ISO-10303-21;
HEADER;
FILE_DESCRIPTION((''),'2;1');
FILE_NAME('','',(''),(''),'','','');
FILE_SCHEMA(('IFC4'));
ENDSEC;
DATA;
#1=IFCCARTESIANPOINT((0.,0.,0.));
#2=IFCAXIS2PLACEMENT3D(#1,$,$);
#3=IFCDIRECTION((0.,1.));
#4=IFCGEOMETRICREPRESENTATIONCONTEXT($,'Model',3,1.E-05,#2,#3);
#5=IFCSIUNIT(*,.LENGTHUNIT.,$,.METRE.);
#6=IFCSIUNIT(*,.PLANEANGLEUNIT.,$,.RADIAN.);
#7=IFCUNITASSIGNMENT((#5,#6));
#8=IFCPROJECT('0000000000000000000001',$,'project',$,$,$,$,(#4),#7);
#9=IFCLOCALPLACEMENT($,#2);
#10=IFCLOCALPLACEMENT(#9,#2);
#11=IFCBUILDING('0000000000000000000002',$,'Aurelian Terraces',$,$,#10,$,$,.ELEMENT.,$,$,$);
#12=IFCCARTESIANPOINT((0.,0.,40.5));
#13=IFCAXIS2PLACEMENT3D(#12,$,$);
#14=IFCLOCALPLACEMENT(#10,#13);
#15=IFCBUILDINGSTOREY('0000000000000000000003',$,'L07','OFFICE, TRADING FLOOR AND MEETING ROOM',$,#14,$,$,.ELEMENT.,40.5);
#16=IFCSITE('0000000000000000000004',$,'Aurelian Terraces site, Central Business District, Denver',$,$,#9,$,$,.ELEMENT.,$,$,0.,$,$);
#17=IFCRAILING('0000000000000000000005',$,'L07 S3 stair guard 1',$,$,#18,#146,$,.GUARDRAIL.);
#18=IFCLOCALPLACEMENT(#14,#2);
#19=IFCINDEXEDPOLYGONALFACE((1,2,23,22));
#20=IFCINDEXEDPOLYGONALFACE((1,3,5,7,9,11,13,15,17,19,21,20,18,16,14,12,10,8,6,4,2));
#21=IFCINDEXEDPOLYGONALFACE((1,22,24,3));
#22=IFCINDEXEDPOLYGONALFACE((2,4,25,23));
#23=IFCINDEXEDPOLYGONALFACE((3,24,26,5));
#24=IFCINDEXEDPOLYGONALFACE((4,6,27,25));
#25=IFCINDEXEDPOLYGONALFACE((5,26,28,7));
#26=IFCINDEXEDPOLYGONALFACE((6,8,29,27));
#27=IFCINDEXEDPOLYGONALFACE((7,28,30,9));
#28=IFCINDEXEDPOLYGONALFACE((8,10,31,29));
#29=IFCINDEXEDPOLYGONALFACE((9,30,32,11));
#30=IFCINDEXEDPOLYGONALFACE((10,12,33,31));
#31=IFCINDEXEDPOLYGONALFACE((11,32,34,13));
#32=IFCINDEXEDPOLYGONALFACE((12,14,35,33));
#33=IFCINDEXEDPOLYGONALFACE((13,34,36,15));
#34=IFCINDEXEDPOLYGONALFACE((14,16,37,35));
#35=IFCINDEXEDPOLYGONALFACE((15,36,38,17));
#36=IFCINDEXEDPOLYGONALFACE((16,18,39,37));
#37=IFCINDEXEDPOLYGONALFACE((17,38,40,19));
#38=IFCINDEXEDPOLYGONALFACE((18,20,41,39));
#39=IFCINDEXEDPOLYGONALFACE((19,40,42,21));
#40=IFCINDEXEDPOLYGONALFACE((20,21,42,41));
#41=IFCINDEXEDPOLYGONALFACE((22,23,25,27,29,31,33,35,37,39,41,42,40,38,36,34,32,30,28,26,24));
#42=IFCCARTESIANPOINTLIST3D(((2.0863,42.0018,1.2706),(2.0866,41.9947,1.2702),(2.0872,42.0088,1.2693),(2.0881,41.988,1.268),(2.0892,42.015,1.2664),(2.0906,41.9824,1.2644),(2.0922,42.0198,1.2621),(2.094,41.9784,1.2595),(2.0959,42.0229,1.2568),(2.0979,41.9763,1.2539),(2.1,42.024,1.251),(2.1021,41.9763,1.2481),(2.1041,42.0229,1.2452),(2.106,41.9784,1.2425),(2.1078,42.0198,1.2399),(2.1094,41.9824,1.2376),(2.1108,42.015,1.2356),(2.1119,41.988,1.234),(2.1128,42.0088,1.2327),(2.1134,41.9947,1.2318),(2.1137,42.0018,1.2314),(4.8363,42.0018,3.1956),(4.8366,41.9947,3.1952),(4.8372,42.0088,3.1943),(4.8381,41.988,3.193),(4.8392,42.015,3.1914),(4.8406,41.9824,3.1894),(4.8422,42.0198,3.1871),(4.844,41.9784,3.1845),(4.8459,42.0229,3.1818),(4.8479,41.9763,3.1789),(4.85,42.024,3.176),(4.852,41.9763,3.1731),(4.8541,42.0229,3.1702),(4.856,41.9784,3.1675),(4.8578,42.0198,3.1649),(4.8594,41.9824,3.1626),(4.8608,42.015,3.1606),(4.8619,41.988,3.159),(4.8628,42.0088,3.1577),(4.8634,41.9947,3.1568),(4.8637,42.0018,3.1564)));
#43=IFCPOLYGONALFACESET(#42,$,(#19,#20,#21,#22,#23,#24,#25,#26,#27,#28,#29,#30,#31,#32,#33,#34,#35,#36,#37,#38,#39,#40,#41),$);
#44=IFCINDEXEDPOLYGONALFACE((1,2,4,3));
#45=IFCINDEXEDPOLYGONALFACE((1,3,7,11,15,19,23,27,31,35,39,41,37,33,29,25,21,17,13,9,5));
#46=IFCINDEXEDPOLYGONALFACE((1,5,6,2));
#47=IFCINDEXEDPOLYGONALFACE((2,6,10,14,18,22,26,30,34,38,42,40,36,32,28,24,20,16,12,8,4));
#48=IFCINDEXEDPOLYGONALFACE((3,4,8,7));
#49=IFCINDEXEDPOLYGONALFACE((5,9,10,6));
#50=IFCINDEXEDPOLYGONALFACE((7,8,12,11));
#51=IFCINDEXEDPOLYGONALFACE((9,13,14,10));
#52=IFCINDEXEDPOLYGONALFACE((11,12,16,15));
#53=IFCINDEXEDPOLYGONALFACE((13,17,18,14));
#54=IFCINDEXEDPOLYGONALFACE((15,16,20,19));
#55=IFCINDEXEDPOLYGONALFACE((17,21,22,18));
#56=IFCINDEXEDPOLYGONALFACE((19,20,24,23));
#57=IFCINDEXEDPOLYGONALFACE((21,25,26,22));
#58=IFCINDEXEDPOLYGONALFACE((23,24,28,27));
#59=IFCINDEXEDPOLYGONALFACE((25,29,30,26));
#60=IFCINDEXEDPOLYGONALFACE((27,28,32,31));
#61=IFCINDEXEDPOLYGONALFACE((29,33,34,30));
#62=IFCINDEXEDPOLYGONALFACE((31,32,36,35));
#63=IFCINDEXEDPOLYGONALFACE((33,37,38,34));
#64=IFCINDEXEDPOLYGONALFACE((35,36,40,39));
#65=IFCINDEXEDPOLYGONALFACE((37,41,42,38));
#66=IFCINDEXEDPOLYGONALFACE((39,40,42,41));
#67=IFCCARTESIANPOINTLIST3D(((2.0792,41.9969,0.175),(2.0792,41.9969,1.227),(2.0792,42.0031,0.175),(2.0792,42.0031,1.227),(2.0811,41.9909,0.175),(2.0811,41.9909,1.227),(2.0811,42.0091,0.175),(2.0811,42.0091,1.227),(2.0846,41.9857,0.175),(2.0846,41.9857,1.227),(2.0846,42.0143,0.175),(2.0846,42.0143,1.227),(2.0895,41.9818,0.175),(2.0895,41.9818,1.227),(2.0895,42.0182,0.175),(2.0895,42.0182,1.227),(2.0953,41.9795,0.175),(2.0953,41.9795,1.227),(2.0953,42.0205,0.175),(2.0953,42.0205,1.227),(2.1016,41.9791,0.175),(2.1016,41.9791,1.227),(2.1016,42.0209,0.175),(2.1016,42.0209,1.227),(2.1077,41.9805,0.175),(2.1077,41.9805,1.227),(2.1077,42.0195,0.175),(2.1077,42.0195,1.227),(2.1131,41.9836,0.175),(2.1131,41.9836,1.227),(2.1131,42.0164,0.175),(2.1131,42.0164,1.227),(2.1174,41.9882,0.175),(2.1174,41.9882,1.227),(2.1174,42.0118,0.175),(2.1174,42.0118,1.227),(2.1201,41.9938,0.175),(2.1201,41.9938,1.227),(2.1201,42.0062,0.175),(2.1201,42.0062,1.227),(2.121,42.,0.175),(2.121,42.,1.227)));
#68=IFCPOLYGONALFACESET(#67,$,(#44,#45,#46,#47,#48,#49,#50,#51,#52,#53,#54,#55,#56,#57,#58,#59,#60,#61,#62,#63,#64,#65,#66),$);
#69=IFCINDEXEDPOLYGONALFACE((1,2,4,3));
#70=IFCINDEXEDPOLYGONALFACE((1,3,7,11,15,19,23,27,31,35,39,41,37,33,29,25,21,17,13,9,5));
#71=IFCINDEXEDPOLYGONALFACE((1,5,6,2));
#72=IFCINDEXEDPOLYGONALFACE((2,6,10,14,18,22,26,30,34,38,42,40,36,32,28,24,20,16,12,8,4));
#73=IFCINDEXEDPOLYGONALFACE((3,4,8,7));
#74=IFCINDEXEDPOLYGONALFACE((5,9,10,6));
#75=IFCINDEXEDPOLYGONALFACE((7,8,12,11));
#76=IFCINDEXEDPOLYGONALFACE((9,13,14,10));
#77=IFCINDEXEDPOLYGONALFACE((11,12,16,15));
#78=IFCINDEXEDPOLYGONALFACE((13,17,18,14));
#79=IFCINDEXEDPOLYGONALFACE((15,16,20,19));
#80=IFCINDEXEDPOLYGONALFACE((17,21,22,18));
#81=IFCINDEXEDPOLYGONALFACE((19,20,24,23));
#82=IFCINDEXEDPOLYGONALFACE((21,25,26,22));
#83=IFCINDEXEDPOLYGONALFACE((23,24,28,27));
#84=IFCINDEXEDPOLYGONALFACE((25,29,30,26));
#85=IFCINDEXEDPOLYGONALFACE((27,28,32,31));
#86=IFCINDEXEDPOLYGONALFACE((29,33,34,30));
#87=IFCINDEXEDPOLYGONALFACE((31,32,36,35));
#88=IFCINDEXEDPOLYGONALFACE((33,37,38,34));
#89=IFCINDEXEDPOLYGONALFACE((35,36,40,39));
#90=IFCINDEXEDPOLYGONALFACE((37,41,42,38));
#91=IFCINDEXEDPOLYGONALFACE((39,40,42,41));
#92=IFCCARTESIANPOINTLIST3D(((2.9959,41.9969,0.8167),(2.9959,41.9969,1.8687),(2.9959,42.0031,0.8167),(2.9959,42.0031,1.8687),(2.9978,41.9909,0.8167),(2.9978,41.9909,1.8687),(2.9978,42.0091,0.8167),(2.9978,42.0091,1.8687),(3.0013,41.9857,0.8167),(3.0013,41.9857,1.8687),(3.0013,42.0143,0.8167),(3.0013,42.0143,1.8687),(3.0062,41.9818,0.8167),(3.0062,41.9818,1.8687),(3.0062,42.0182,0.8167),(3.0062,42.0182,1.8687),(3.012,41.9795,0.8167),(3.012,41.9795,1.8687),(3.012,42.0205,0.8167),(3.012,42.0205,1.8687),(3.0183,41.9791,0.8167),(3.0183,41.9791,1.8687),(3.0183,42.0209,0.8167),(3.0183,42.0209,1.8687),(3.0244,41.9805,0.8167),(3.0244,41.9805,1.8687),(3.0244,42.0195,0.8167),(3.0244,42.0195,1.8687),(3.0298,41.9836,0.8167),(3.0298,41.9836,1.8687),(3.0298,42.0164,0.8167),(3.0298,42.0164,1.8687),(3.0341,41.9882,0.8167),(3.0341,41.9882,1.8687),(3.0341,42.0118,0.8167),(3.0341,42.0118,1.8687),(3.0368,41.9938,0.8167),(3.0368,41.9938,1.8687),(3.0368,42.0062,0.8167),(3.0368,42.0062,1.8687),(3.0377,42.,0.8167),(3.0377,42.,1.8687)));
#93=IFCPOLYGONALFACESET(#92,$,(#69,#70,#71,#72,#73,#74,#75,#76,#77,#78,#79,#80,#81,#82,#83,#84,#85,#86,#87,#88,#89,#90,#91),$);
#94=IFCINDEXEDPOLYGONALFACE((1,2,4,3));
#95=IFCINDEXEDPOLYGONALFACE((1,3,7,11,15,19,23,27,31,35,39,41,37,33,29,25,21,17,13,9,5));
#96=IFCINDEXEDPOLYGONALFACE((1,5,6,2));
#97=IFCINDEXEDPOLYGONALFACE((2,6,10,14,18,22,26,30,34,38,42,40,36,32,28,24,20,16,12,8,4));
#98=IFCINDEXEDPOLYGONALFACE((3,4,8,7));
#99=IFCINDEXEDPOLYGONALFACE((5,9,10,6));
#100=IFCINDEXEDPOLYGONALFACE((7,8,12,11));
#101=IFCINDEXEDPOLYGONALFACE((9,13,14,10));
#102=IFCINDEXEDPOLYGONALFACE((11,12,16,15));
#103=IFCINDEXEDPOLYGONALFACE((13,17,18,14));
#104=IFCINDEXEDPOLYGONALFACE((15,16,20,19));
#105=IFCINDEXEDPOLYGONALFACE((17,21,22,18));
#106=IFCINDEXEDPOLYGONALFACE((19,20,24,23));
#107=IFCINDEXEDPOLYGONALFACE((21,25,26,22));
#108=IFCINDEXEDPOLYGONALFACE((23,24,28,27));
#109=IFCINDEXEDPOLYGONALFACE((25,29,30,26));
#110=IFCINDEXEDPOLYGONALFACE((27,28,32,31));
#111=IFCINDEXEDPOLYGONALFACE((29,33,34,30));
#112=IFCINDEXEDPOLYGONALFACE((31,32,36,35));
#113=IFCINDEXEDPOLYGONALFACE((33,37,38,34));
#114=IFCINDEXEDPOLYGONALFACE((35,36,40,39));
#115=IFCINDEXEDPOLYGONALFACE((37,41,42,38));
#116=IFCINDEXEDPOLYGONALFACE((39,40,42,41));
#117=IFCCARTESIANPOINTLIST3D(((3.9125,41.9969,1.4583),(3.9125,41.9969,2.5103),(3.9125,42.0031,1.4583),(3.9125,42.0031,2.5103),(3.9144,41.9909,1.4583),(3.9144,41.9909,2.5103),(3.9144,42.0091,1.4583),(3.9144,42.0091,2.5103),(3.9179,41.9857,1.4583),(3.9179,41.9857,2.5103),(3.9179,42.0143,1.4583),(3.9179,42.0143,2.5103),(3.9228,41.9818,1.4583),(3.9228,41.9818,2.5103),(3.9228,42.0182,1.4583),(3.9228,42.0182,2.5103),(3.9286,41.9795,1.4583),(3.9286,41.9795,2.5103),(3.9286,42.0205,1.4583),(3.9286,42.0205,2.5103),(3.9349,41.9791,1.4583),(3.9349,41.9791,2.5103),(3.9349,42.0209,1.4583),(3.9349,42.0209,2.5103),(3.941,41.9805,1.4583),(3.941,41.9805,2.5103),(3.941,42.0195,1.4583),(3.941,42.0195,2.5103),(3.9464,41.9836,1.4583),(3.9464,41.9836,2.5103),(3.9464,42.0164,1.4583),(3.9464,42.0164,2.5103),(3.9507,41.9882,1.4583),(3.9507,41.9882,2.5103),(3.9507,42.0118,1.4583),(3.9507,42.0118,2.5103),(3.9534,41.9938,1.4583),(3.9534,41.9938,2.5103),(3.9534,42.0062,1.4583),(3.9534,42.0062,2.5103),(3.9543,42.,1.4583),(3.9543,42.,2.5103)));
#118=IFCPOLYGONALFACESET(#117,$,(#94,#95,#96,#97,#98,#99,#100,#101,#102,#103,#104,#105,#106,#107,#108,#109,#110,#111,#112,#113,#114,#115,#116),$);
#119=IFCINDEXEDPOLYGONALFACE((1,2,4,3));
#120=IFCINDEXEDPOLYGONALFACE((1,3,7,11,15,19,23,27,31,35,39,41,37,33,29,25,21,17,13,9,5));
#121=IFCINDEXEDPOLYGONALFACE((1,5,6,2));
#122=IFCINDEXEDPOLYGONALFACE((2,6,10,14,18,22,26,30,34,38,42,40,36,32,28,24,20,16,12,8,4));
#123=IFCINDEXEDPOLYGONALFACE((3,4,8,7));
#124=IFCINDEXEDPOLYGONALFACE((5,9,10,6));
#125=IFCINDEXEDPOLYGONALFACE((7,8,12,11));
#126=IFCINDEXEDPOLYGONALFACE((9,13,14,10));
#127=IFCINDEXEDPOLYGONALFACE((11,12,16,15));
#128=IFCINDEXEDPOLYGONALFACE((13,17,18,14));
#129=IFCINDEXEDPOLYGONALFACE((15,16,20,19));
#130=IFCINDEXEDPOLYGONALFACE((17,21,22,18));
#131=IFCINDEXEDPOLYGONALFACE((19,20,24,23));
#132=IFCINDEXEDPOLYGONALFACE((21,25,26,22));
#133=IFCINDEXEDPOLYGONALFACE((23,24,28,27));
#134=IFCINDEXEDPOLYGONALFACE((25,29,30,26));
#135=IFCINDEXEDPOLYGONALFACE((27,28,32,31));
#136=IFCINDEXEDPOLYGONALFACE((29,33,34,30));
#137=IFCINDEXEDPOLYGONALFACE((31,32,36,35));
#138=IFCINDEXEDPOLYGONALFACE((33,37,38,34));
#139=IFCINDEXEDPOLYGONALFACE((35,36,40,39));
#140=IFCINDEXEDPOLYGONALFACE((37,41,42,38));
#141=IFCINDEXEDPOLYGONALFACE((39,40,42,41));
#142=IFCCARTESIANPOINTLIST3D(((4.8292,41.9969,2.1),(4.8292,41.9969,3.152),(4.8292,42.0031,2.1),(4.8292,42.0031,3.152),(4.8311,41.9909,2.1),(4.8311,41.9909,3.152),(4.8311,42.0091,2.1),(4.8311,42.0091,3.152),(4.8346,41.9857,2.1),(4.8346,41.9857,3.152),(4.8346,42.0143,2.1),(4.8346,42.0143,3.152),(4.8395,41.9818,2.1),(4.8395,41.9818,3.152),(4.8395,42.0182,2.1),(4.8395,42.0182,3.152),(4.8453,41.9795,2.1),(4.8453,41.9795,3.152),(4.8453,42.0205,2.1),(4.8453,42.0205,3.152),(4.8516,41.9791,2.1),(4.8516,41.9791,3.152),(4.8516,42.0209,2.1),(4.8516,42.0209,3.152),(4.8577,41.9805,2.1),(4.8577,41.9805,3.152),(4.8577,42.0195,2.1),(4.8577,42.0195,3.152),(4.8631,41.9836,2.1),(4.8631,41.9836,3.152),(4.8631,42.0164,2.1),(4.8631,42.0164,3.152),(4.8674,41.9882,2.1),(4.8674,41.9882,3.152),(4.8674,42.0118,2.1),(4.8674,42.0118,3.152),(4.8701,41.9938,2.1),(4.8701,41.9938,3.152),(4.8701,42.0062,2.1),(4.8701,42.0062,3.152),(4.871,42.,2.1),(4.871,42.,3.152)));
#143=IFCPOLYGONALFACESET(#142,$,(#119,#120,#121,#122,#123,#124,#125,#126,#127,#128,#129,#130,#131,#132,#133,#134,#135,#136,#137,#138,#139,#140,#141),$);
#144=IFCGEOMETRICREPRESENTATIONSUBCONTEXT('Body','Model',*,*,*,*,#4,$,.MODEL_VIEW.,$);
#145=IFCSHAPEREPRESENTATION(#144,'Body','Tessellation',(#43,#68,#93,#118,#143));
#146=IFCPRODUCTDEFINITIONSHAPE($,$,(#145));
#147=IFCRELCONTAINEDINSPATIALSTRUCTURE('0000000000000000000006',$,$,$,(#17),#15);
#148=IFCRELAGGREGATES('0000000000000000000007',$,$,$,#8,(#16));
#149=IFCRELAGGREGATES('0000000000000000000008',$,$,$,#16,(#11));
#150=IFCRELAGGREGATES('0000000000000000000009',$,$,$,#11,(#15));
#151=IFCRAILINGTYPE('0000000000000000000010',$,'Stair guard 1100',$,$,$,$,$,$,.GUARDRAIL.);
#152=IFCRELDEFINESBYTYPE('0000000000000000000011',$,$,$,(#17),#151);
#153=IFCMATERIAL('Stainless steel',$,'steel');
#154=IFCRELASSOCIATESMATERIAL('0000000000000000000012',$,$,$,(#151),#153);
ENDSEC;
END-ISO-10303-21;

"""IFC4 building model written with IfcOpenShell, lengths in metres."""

from ifc_helpers import new_model, si_unit, direction, frame, origin, origin_2d, place, context, subcontext, project, spatial, circle, extrude, material, type_object, element, save


model = new_model("IFC4")

# Units and contexts
model_context = context("Model", 3, precision=1e-05, world=origin(), true_north=direction((0.0, 1.0)))
body_context = subcontext(model_context, "Body", "Model", "MODEL_VIEW")
ifc_project = project(units=[si_unit("LENGTHUNIT", "METRE"), si_unit("PLANEANGLEUNIT", "RADIAN")], contexts=[model_context])

# Site, building, storey
site_placement = place(None, origin())
site = spatial("IfcSite", under=ifc_project, at=site_placement, Name="Aurelian Terraces site, Central Business District, Denver", CompositionType="ELEMENT", RefElevation=0.0)
building_placement = place(site_placement, origin())
building = spatial("IfcBuilding", under=site, at=building_placement, Name="Aurelian Terraces", CompositionType="ELEMENT")
storey_placement = place(building_placement, frame((0.0, 0.0, 40.5)))
storey = spatial("IfcBuildingStorey", under=building, at=storey_placement, Name="L07", Description="OFFICE, TRADING FLOOR AND MEETING ROOM", CompositionType="ELEMENT", Elevation=40.5)

# Railing
ifc_material_1 = material(Name="Stainless steel", Category="steel")
railing_type_1 = type_object("IfcRailingType", Name="Stair guard 1100", PredefinedType="GUARDRAIL", material=ifc_material_1)
railing_1_placement = place(storey_placement, frame((2.1, 42.0, 0.175)))
element("IfcRailing", 1, at=railing_1_placement, inside=storey, type_object=railing_type_1, Name="L07 S3 stair guard 1", PredefinedType="GUARDRAIL", context=body_context, shape_type="SweptSolid", body=[
    extrude(circle(Radius=0.024, at=origin_2d()), frame((0.0, 0.0, 1.076), z_axis=(0.819232, 0.0, 0.573462), x_axis=(0.0, 1.0, 0.0)), (0.0, 0.0, 1.0), 3.3568),
    extrude(circle(Radius=0.021, at=origin_2d()), origin(), (0.0, 0.0, 1.0), 1.052),
    extrude(circle(Radius=0.021, at=origin_2d()), frame((0.9167, 0.0, 0.6417)), (0.0, 0.0, 1.0), 1.052),
    extrude(circle(Radius=0.021, at=origin_2d()), frame((1.8333, 0.0, 1.2833)), (0.0, 0.0, 1.0), 1.052),
    extrude(circle(Radius=0.021, at=origin_2d()), frame((2.75, 0.0, 1.925)), (0.0, 0.0, 1.0), 1.052),
])

save(model, "model.ifc")
